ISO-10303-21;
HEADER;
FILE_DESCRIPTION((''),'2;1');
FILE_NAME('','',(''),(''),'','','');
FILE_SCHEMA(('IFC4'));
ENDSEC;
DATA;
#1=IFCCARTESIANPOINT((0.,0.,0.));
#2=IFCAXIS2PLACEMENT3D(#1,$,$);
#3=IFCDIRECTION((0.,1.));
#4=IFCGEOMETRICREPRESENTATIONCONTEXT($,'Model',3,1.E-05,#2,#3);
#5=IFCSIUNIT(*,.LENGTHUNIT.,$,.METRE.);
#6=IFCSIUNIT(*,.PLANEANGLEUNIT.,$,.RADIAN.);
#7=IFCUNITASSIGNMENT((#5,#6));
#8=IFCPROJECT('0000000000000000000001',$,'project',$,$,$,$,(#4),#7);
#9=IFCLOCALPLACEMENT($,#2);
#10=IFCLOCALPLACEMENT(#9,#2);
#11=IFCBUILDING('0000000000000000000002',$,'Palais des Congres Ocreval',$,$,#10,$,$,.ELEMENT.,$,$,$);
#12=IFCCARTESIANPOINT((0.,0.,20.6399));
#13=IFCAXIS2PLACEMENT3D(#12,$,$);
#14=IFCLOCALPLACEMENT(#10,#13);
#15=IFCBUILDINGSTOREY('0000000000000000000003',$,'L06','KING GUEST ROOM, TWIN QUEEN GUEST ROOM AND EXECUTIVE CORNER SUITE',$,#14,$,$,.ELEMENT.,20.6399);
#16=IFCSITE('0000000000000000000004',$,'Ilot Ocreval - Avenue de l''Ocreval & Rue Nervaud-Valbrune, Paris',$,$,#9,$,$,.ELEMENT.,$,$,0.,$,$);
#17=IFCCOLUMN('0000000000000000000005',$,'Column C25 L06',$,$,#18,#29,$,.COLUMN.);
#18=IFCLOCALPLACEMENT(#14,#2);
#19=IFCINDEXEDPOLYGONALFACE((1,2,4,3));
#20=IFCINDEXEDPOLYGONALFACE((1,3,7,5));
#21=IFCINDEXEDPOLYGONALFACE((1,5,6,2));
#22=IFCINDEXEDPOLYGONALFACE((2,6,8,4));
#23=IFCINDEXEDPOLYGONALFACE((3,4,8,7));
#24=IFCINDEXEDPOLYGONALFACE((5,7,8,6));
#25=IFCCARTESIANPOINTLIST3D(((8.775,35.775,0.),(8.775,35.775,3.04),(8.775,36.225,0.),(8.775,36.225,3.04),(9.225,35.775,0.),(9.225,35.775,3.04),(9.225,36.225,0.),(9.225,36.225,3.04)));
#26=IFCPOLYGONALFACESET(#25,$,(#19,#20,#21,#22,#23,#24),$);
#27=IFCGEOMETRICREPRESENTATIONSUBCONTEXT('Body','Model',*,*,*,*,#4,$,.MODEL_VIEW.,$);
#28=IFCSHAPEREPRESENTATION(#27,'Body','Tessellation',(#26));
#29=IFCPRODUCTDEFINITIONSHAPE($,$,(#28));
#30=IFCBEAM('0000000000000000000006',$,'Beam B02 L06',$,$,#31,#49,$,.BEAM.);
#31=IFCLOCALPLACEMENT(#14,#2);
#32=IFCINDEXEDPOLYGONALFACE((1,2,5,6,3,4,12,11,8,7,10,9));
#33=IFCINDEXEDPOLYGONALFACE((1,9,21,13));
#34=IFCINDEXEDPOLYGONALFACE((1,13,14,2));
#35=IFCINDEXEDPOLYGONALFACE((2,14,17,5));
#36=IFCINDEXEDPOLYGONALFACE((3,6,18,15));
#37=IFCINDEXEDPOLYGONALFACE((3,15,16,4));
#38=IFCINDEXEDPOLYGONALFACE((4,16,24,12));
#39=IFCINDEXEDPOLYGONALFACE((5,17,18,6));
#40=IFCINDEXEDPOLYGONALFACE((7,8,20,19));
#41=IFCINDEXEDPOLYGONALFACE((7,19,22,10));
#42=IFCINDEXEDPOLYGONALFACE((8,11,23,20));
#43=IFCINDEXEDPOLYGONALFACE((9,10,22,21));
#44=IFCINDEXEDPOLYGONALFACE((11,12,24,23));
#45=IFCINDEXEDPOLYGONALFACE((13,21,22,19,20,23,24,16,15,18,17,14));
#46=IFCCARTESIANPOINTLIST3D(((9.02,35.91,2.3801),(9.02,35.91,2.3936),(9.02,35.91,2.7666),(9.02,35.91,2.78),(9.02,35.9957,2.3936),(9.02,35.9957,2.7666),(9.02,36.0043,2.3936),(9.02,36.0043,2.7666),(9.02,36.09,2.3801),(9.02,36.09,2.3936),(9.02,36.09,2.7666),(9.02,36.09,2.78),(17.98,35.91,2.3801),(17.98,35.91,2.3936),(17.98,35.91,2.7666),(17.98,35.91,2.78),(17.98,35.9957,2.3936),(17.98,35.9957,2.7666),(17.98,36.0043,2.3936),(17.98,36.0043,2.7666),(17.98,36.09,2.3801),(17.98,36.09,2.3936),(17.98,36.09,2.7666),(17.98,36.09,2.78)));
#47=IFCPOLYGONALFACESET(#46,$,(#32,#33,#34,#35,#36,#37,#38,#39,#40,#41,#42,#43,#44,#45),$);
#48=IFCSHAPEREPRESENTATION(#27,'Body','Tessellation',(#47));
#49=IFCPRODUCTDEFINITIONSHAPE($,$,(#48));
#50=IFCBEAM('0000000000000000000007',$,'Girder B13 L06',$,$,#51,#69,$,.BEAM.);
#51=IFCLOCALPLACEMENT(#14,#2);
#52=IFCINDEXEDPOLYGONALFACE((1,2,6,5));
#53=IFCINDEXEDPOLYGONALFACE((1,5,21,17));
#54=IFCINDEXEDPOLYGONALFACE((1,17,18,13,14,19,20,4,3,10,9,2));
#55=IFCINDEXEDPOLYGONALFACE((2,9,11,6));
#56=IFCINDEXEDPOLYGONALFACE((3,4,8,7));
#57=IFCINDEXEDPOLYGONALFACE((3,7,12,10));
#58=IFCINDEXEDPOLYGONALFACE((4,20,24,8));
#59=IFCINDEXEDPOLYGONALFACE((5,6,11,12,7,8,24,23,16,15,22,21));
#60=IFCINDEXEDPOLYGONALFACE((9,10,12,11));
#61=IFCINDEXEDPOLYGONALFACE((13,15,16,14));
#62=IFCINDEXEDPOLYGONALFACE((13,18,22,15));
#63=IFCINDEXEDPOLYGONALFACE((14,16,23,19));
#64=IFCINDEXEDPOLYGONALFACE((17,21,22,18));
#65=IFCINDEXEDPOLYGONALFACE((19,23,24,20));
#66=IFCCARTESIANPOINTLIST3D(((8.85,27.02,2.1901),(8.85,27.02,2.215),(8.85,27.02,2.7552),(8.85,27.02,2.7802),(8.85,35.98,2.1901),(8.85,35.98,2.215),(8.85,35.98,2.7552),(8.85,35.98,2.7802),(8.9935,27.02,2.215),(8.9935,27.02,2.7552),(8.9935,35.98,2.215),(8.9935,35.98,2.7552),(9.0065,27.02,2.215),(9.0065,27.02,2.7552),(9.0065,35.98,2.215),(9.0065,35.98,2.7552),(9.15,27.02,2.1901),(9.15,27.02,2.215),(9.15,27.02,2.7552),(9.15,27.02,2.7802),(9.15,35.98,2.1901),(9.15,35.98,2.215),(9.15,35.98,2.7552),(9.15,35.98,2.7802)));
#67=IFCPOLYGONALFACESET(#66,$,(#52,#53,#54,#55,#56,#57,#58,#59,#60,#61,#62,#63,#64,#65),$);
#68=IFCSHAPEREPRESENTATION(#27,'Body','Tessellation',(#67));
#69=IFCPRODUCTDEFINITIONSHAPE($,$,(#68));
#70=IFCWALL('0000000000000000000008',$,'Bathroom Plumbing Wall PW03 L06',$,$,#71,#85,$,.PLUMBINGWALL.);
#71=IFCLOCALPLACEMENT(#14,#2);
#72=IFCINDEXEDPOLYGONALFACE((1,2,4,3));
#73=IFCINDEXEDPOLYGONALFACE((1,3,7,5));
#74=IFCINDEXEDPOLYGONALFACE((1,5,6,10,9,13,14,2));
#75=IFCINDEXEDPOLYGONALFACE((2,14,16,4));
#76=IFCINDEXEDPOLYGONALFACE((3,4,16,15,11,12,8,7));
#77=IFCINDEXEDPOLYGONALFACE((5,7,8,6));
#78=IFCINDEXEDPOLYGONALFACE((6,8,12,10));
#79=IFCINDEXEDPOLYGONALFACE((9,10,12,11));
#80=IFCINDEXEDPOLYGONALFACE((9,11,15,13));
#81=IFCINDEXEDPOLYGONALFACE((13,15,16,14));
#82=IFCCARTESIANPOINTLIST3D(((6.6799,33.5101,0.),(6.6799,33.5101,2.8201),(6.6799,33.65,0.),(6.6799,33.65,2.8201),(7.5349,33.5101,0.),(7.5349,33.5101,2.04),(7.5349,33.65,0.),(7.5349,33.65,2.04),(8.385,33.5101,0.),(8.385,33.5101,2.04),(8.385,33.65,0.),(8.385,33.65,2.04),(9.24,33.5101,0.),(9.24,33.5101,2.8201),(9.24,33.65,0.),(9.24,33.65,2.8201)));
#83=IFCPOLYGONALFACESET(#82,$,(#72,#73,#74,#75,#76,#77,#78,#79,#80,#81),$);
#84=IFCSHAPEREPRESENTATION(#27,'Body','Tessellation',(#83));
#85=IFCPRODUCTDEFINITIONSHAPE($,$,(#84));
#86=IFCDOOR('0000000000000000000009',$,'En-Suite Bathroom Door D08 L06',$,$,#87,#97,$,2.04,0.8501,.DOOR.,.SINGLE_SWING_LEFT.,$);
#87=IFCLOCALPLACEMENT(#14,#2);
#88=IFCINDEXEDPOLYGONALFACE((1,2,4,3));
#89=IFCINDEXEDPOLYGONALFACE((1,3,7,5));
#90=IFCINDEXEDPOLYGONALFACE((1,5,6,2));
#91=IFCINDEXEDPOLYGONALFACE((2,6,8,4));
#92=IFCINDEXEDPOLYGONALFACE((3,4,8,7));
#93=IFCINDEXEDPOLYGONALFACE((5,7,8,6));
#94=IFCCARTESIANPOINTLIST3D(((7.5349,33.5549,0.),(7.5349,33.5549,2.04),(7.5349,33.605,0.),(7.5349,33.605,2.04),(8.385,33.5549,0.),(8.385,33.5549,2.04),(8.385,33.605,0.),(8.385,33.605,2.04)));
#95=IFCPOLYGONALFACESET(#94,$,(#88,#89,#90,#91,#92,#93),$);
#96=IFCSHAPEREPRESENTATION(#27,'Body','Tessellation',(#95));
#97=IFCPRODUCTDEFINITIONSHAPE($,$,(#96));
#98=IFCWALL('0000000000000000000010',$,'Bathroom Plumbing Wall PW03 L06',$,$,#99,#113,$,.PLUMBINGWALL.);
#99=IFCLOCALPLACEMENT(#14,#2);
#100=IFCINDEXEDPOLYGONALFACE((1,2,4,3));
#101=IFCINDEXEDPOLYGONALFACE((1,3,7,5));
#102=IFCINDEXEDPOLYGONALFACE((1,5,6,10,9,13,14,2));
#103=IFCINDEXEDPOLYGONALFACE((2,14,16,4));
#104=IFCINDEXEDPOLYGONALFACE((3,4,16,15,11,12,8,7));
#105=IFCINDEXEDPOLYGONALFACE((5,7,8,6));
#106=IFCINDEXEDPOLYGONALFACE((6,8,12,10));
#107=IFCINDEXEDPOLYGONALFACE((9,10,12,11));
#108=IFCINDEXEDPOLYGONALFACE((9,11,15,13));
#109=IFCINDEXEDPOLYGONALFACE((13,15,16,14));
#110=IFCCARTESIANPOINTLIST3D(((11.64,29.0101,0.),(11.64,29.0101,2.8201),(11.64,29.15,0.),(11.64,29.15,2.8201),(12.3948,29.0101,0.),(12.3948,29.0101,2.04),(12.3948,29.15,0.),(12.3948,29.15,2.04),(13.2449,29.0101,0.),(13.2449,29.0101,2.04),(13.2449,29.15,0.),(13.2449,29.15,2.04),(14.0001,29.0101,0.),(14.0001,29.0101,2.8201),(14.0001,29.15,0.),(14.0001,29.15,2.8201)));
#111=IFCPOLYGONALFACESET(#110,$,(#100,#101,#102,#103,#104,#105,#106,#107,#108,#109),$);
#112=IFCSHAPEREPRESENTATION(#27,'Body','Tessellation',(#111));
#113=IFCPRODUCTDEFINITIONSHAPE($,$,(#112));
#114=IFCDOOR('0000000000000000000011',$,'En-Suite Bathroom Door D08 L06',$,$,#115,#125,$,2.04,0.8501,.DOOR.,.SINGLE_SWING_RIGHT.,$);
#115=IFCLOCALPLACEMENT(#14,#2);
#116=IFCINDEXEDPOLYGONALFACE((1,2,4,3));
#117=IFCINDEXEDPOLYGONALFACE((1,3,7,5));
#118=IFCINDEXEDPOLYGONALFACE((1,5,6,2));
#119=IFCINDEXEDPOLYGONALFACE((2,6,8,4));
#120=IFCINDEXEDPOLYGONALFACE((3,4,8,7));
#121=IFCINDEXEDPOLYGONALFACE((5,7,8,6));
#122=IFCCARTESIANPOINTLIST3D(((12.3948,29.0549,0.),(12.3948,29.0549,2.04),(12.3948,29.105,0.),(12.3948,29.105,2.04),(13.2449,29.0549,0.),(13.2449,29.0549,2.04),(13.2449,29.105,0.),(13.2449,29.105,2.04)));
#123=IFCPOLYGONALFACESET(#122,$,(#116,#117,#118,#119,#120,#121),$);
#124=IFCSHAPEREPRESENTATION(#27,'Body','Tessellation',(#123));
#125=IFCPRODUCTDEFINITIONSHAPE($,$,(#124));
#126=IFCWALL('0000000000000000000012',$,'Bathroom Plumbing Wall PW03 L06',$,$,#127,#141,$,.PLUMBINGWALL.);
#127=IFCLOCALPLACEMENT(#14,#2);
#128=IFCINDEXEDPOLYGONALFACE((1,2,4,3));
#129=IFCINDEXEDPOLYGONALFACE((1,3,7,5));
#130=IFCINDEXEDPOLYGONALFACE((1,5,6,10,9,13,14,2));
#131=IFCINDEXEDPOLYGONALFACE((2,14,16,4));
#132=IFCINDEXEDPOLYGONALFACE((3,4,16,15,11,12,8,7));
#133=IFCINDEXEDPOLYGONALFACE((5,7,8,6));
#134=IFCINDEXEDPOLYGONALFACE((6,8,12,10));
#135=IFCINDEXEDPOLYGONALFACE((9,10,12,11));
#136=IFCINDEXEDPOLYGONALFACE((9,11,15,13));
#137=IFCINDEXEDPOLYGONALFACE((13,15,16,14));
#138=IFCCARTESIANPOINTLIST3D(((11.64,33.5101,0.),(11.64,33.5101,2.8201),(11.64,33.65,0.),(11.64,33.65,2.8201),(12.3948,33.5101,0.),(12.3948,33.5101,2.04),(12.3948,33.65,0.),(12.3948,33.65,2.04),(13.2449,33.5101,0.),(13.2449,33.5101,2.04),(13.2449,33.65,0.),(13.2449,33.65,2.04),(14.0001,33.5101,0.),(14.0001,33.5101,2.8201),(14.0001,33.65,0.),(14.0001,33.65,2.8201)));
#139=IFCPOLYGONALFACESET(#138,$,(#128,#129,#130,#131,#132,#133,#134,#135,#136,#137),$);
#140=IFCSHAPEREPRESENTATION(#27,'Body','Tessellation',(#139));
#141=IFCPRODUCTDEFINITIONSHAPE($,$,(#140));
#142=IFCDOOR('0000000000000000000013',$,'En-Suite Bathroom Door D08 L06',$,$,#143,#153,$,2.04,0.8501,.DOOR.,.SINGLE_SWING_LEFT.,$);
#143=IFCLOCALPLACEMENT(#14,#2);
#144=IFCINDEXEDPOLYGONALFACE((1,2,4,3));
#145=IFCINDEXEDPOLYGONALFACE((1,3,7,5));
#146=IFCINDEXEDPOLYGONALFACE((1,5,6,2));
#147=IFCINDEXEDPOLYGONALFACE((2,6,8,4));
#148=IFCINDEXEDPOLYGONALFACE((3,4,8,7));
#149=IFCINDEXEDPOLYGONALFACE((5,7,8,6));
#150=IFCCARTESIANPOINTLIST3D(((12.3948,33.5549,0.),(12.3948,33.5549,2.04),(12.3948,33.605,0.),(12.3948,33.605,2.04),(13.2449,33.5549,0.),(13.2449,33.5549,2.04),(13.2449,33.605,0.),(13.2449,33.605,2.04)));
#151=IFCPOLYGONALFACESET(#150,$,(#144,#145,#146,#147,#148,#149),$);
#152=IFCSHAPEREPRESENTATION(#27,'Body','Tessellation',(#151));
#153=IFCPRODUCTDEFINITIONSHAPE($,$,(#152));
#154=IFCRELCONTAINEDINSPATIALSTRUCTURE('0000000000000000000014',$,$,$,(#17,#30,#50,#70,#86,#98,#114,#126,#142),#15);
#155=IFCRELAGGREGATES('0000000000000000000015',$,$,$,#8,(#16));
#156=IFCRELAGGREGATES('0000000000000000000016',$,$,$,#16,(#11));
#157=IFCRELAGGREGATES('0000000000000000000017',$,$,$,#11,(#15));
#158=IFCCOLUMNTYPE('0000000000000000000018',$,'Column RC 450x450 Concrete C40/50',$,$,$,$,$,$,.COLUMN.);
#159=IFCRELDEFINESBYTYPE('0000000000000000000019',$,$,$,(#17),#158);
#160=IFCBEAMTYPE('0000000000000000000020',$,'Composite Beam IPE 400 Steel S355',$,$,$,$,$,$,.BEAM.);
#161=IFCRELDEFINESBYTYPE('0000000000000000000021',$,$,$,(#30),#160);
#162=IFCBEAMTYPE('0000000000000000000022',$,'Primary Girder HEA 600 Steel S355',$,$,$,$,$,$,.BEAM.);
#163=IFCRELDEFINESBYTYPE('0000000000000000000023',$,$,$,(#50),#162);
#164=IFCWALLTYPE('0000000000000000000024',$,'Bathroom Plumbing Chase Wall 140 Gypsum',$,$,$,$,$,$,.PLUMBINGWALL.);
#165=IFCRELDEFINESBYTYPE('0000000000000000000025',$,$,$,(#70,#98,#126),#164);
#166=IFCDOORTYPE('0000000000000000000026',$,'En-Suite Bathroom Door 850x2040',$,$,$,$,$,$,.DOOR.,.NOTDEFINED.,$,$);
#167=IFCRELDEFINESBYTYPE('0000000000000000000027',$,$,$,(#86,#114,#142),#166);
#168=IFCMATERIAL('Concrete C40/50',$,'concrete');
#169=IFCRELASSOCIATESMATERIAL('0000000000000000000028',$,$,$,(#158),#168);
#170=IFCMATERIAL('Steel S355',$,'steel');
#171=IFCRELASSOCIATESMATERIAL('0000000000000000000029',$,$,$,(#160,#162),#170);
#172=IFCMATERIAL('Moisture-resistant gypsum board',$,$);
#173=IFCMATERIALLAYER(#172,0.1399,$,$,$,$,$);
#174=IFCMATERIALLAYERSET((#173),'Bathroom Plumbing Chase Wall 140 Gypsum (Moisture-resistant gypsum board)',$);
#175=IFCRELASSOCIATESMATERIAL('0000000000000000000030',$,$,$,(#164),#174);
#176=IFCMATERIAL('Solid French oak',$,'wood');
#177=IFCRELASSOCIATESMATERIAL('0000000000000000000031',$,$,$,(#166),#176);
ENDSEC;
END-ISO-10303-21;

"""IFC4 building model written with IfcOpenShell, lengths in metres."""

from ifc_helpers import new_model, si_unit, direction, frame, frame_2d, origin, origin_2d, place, context, subcontext, project, spatial, rectangle, i_section, extrude, material, layer, layer_set, material_profile, profile_set, type_object, element, fill, save


model = new_model("IFC4")

# Units and contexts
model_context = context("Model", 3, precision=1e-05, world=origin(), true_north=direction((0.0, 1.0)))
body_context = subcontext(model_context, "Body", "Model", "MODEL_VIEW")
ifc_project = project(units=[si_unit("LENGTHUNIT", "METRE"), si_unit("PLANEANGLEUNIT", "RADIAN")], contexts=[model_context])

# Site, building, storey
site_placement = place(None, origin())
site = spatial("IfcSite", under=ifc_project, at=site_placement, Name="Ilot Ocreval - Avenue de l'Ocreval & Rue Nervaud-Valbrune, Paris", CompositionType="ELEMENT", RefElevation=0.0)
building_placement = place(site_placement, origin())
building = spatial("IfcBuilding", under=site, at=building_placement, Name="Palais des Congres Ocreval", CompositionType="ELEMENT")
storey_placement = place(building_placement, frame((0.0, 0.0, 20.6399)))
storey = spatial("IfcBuildingStorey", under=building, at=storey_placement, Name="L06", Description="KING GUEST ROOM, TWIN QUEEN GUEST ROOM AND EXECUTIVE CORNER SUITE", CompositionType="ELEMENT", Elevation=20.6399)

# Column
ifc_material_1 = material(Name="Concrete C40/50", Category="concrete")
ifc_material_profile_1 = material_profile(ifc_material_1, rectangle(XDim=0.45, YDim=0.45, at=origin_2d()), Name="RC 450x450")
ifc_profile_set_1 = profile_set([ifc_material_profile_1], Name="Concrete C40/50")
column_type = type_object("IfcColumnType", Name="Column RC 450x450 Concrete C40/50", PredefinedType="COLUMN", material=ifc_profile_set_1)
column_placement = place(storey_placement, frame((9.0, 36.0, 0.0), z_axis=(0.0, 0.0, 1.0), x_axis=(1.0, 0.0, 0.0)))
element("IfcColumn", 1, at=column_placement, inside=storey, type_object=column_type, Name="Column C25 L06", PredefinedType="COLUMN", context=body_context, shape_type="SweptSolid", body=[
    extrude(rectangle(XDim=0.45, YDim=0.45, at=origin_2d()), origin(), (0.0, 0.0, 1.0), 3.04),
])

# Beams
ifc_material_2 = material(Name="Steel S355", Category="steel")
ifc_material_profile_2 = material_profile(ifc_material_2, i_section(OverallWidth=0.1799, OverallDepth=0.3999, WebThickness=0.0085, FlangeThickness=0.0134, at=origin_2d()), Name="IPE 400")
ifc_profile_set_2 = profile_set([ifc_material_profile_2], Name="Steel S355")
beam_type_1 = type_object("IfcBeamType", Name="Composite Beam IPE 400 Steel S355", PredefinedType="BEAM", material=ifc_profile_set_2)
beam_1_placement = place(storey_placement, frame((9.02, 36.0, 2.5801), z_axis=(1.0, 0.0, 0.0), x_axis=(0.0, 1.0, 0.0)))
element("IfcBeam", 2, at=beam_1_placement, inside=storey, type_object=beam_type_1, Name="Beam B02 L06", PredefinedType="BEAM", context=body_context, shape_type="SweptSolid", body=[
    extrude(i_section(OverallWidth=0.1799, OverallDepth=0.3999, WebThickness=0.0085, FlangeThickness=0.0134, at=origin_2d()), origin(), (0.0, 0.0, 1.0), 8.96),
])
ifc_material_profile_3 = material_profile(ifc_material_2, i_section(OverallWidth=0.3, OverallDepth=0.5901, WebThickness=0.0129, FlangeThickness=0.0249, at=origin_2d()), Name="HEA 600")
ifc_profile_set_3 = profile_set([ifc_material_profile_3], Name="Steel S355")
beam_type_2 = type_object("IfcBeamType", Name="Primary Girder HEA 600 Steel S355", PredefinedType="BEAM", material=ifc_profile_set_3)
beam_2_placement = place(storey_placement, frame((9.0, 27.02, 2.4851), z_axis=(0.0, 1.0, 0.0), x_axis=(-1.0, 0.0, 0.0)))
element("IfcBeam", 3, at=beam_2_placement, inside=storey, type_object=beam_type_2, Name="Girder B13 L06", PredefinedType="BEAM", context=body_context, shape_type="SweptSolid", body=[
    extrude(i_section(OverallWidth=0.3, OverallDepth=0.5901, WebThickness=0.0129, FlangeThickness=0.0249, at=origin_2d()), origin(), (0.0, 0.0, 1.0), 8.96),
])

# Walls, openings, doors
ifc_material_3 = material(Name="Moisture-resistant gypsum board")
ifc_layer_1 = layer(ifc_material_3, 0.1399)
ifc_layer_set_1 = layer_set([ifc_layer_1], Name="Bathroom Plumbing Chase Wall 140 Gypsum (Moisture-resistant gypsum board)")
wall_type_1 = type_object("IfcWallType", Name="Bathroom Plumbing Chase Wall 140 Gypsum", PredefinedType="PLUMBINGWALL", material=ifc_layer_set_1)
wall_1_placement = place(storey_placement, frame((6.6799, 33.5801, 0.0), z_axis=(0.0, 0.0, 1.0), x_axis=(1.0, 0.0, 0.0)))
wall_1 = element("IfcWall", 4, at=wall_1_placement, inside=storey, type_object=wall_type_1, Name="Bathroom Plumbing Wall PW03 L06", PredefinedType="PLUMBINGWALL", context=body_context, shape_type="SweptSolid", body=[
    extrude(rectangle(XDim=2.5601, YDim=0.1399, at=frame_2d((1.28, 0.0))), origin(), (0.0, 0.0, 1.0), 2.8201),
])
opening_1_placement = place(wall_1_placement, frame((0.855, 0.0, 0.0)))
opening_1 = element("IfcOpeningElement", 5, at=opening_1_placement, cuts=wall_1, PredefinedType="OPENING", context=body_context, shape_type="SweptSolid", body=[
    extrude(rectangle(XDim=0.8501, YDim=2.04, at=frame_2d((0.425, 1.02))), frame((0.0, 0.0798, 0.0), z_axis=(0.0, -1.0, 0.0), x_axis=(1.0, 0.0, 0.0)), (0.0, 0.0, 1.0), 0.1599),
])
ifc_material_4 = material(Name="Solid French oak", Category="wood")
door_type_1 = type_object("IfcDoorType", Name="En-Suite Bathroom Door 850x2040", OperationType="NOTDEFINED", PredefinedType="DOOR", material=ifc_material_4)
door_1_placement = place(opening_1_placement, origin())
door_1 = element("IfcDoor", 6, at=door_1_placement, inside=storey, type_object=door_type_1, Name="En-Suite Bathroom Door D08 L06", OperationType="SINGLE_SWING_LEFT", OverallHeight=2.04, OverallWidth=0.8501, PredefinedType="DOOR", context=body_context, shape_type="SweptSolid", body=[
    extrude(rectangle(XDim=0.8501, YDim=2.04, at=frame_2d((0.425, 1.02))), frame((0.0, 0.0249, 0.0), z_axis=(0.0, -1.0, 0.0), x_axis=(1.0, 0.0, 0.0)), (0.0, 0.0, 1.0), 0.05),
])
fill(opening_1, door_1)
wall_2_placement = place(storey_placement, frame((11.6399, 29.0801, 0.0), z_axis=(0.0, 0.0, 1.0), x_axis=(1.0, 0.0, 0.0)))
wall_2 = element("IfcWall", 7, at=wall_2_placement, inside=storey, type_object=wall_type_1, Name="Bathroom Plumbing Wall PW03 L06", PredefinedType="PLUMBINGWALL", context=body_context, shape_type="SweptSolid", body=[
    extrude(rectangle(XDim=2.3601, YDim=0.1399, at=frame_2d((1.1802, 0.0))), origin(), (0.0, 0.0, 1.0), 2.8201),
])
opening_2_placement = place(wall_2_placement, frame((0.7549, 0.0, 0.0)))
opening_2 = element("IfcOpeningElement", 8, at=opening_2_placement, cuts=wall_2, PredefinedType="OPENING", context=body_context, shape_type="SweptSolid", body=[
    extrude(rectangle(XDim=0.8501, YDim=2.04, at=frame_2d((0.425, 1.02))), frame((0.0, 0.0798, 0.0), z_axis=(0.0, -1.0, 0.0), x_axis=(1.0, 0.0, 0.0)), (0.0, 0.0, 1.0), 0.1599),
])
door_2_placement = place(opening_2_placement, origin())
door_2 = element("IfcDoor", 9, at=door_2_placement, inside=storey, type_object=door_type_1, Name="En-Suite Bathroom Door D08 L06", OperationType="SINGLE_SWING_RIGHT", OverallHeight=2.04, OverallWidth=0.8501, PredefinedType="DOOR", context=body_context, shape_type="SweptSolid", body=[
    extrude(rectangle(XDim=0.8501, YDim=2.04, at=frame_2d((0.425, 1.02))), frame((0.0, 0.0249, 0.0), z_axis=(0.0, -1.0, 0.0), x_axis=(1.0, 0.0, 0.0)), (0.0, 0.0, 1.0), 0.05),
])
fill(opening_2, door_2)
wall_3_placement = place(storey_placement, frame((11.6399, 33.5801, 0.0), z_axis=(0.0, 0.0, 1.0), x_axis=(1.0, 0.0, 0.0)))
wall_3 = element("IfcWall", 10, at=wall_3_placement, inside=storey, type_object=wall_type_1, Name="Bathroom Plumbing Wall PW03 L06", PredefinedType="PLUMBINGWALL", context=body_context, shape_type="SweptSolid", body=[
    extrude(rectangle(XDim=2.3601, YDim=0.1399, at=frame_2d((1.1802, 0.0))), origin(), (0.0, 0.0, 1.0), 2.8201),
])
opening_3_placement = place(wall_3_placement, frame((0.7549, 0.0, 0.0)))
opening_3 = element("IfcOpeningElement", 11, at=opening_3_placement, cuts=wall_3, PredefinedType="OPENING", context=body_context, shape_type="SweptSolid", body=[
    extrude(rectangle(XDim=0.8501, YDim=2.04, at=frame_2d((0.425, 1.02))), frame((0.0, 0.0798, 0.0), z_axis=(0.0, -1.0, 0.0), x_axis=(1.0, 0.0, 0.0)), (0.0, 0.0, 1.0), 0.1599),
])
door_3_placement = place(opening_3_placement, origin())
door_3 = element("IfcDoor", 12, at=door_3_placement, inside=storey, type_object=door_type_1, Name="En-Suite Bathroom Door D08 L06", OperationType="SINGLE_SWING_LEFT", OverallHeight=2.04, OverallWidth=0.8501, PredefinedType="DOOR", context=body_context, shape_type="SweptSolid", body=[
    extrude(rectangle(XDim=0.8501, YDim=2.04, at=frame_2d((0.425, 1.02))), frame((0.0, 0.0249, 0.0), z_axis=(0.0, -1.0, 0.0), x_axis=(1.0, 0.0, 0.0)), (0.0, 0.0, 1.0), 0.05),
])
fill(opening_3, door_3)

save(model, "model.ifc")
